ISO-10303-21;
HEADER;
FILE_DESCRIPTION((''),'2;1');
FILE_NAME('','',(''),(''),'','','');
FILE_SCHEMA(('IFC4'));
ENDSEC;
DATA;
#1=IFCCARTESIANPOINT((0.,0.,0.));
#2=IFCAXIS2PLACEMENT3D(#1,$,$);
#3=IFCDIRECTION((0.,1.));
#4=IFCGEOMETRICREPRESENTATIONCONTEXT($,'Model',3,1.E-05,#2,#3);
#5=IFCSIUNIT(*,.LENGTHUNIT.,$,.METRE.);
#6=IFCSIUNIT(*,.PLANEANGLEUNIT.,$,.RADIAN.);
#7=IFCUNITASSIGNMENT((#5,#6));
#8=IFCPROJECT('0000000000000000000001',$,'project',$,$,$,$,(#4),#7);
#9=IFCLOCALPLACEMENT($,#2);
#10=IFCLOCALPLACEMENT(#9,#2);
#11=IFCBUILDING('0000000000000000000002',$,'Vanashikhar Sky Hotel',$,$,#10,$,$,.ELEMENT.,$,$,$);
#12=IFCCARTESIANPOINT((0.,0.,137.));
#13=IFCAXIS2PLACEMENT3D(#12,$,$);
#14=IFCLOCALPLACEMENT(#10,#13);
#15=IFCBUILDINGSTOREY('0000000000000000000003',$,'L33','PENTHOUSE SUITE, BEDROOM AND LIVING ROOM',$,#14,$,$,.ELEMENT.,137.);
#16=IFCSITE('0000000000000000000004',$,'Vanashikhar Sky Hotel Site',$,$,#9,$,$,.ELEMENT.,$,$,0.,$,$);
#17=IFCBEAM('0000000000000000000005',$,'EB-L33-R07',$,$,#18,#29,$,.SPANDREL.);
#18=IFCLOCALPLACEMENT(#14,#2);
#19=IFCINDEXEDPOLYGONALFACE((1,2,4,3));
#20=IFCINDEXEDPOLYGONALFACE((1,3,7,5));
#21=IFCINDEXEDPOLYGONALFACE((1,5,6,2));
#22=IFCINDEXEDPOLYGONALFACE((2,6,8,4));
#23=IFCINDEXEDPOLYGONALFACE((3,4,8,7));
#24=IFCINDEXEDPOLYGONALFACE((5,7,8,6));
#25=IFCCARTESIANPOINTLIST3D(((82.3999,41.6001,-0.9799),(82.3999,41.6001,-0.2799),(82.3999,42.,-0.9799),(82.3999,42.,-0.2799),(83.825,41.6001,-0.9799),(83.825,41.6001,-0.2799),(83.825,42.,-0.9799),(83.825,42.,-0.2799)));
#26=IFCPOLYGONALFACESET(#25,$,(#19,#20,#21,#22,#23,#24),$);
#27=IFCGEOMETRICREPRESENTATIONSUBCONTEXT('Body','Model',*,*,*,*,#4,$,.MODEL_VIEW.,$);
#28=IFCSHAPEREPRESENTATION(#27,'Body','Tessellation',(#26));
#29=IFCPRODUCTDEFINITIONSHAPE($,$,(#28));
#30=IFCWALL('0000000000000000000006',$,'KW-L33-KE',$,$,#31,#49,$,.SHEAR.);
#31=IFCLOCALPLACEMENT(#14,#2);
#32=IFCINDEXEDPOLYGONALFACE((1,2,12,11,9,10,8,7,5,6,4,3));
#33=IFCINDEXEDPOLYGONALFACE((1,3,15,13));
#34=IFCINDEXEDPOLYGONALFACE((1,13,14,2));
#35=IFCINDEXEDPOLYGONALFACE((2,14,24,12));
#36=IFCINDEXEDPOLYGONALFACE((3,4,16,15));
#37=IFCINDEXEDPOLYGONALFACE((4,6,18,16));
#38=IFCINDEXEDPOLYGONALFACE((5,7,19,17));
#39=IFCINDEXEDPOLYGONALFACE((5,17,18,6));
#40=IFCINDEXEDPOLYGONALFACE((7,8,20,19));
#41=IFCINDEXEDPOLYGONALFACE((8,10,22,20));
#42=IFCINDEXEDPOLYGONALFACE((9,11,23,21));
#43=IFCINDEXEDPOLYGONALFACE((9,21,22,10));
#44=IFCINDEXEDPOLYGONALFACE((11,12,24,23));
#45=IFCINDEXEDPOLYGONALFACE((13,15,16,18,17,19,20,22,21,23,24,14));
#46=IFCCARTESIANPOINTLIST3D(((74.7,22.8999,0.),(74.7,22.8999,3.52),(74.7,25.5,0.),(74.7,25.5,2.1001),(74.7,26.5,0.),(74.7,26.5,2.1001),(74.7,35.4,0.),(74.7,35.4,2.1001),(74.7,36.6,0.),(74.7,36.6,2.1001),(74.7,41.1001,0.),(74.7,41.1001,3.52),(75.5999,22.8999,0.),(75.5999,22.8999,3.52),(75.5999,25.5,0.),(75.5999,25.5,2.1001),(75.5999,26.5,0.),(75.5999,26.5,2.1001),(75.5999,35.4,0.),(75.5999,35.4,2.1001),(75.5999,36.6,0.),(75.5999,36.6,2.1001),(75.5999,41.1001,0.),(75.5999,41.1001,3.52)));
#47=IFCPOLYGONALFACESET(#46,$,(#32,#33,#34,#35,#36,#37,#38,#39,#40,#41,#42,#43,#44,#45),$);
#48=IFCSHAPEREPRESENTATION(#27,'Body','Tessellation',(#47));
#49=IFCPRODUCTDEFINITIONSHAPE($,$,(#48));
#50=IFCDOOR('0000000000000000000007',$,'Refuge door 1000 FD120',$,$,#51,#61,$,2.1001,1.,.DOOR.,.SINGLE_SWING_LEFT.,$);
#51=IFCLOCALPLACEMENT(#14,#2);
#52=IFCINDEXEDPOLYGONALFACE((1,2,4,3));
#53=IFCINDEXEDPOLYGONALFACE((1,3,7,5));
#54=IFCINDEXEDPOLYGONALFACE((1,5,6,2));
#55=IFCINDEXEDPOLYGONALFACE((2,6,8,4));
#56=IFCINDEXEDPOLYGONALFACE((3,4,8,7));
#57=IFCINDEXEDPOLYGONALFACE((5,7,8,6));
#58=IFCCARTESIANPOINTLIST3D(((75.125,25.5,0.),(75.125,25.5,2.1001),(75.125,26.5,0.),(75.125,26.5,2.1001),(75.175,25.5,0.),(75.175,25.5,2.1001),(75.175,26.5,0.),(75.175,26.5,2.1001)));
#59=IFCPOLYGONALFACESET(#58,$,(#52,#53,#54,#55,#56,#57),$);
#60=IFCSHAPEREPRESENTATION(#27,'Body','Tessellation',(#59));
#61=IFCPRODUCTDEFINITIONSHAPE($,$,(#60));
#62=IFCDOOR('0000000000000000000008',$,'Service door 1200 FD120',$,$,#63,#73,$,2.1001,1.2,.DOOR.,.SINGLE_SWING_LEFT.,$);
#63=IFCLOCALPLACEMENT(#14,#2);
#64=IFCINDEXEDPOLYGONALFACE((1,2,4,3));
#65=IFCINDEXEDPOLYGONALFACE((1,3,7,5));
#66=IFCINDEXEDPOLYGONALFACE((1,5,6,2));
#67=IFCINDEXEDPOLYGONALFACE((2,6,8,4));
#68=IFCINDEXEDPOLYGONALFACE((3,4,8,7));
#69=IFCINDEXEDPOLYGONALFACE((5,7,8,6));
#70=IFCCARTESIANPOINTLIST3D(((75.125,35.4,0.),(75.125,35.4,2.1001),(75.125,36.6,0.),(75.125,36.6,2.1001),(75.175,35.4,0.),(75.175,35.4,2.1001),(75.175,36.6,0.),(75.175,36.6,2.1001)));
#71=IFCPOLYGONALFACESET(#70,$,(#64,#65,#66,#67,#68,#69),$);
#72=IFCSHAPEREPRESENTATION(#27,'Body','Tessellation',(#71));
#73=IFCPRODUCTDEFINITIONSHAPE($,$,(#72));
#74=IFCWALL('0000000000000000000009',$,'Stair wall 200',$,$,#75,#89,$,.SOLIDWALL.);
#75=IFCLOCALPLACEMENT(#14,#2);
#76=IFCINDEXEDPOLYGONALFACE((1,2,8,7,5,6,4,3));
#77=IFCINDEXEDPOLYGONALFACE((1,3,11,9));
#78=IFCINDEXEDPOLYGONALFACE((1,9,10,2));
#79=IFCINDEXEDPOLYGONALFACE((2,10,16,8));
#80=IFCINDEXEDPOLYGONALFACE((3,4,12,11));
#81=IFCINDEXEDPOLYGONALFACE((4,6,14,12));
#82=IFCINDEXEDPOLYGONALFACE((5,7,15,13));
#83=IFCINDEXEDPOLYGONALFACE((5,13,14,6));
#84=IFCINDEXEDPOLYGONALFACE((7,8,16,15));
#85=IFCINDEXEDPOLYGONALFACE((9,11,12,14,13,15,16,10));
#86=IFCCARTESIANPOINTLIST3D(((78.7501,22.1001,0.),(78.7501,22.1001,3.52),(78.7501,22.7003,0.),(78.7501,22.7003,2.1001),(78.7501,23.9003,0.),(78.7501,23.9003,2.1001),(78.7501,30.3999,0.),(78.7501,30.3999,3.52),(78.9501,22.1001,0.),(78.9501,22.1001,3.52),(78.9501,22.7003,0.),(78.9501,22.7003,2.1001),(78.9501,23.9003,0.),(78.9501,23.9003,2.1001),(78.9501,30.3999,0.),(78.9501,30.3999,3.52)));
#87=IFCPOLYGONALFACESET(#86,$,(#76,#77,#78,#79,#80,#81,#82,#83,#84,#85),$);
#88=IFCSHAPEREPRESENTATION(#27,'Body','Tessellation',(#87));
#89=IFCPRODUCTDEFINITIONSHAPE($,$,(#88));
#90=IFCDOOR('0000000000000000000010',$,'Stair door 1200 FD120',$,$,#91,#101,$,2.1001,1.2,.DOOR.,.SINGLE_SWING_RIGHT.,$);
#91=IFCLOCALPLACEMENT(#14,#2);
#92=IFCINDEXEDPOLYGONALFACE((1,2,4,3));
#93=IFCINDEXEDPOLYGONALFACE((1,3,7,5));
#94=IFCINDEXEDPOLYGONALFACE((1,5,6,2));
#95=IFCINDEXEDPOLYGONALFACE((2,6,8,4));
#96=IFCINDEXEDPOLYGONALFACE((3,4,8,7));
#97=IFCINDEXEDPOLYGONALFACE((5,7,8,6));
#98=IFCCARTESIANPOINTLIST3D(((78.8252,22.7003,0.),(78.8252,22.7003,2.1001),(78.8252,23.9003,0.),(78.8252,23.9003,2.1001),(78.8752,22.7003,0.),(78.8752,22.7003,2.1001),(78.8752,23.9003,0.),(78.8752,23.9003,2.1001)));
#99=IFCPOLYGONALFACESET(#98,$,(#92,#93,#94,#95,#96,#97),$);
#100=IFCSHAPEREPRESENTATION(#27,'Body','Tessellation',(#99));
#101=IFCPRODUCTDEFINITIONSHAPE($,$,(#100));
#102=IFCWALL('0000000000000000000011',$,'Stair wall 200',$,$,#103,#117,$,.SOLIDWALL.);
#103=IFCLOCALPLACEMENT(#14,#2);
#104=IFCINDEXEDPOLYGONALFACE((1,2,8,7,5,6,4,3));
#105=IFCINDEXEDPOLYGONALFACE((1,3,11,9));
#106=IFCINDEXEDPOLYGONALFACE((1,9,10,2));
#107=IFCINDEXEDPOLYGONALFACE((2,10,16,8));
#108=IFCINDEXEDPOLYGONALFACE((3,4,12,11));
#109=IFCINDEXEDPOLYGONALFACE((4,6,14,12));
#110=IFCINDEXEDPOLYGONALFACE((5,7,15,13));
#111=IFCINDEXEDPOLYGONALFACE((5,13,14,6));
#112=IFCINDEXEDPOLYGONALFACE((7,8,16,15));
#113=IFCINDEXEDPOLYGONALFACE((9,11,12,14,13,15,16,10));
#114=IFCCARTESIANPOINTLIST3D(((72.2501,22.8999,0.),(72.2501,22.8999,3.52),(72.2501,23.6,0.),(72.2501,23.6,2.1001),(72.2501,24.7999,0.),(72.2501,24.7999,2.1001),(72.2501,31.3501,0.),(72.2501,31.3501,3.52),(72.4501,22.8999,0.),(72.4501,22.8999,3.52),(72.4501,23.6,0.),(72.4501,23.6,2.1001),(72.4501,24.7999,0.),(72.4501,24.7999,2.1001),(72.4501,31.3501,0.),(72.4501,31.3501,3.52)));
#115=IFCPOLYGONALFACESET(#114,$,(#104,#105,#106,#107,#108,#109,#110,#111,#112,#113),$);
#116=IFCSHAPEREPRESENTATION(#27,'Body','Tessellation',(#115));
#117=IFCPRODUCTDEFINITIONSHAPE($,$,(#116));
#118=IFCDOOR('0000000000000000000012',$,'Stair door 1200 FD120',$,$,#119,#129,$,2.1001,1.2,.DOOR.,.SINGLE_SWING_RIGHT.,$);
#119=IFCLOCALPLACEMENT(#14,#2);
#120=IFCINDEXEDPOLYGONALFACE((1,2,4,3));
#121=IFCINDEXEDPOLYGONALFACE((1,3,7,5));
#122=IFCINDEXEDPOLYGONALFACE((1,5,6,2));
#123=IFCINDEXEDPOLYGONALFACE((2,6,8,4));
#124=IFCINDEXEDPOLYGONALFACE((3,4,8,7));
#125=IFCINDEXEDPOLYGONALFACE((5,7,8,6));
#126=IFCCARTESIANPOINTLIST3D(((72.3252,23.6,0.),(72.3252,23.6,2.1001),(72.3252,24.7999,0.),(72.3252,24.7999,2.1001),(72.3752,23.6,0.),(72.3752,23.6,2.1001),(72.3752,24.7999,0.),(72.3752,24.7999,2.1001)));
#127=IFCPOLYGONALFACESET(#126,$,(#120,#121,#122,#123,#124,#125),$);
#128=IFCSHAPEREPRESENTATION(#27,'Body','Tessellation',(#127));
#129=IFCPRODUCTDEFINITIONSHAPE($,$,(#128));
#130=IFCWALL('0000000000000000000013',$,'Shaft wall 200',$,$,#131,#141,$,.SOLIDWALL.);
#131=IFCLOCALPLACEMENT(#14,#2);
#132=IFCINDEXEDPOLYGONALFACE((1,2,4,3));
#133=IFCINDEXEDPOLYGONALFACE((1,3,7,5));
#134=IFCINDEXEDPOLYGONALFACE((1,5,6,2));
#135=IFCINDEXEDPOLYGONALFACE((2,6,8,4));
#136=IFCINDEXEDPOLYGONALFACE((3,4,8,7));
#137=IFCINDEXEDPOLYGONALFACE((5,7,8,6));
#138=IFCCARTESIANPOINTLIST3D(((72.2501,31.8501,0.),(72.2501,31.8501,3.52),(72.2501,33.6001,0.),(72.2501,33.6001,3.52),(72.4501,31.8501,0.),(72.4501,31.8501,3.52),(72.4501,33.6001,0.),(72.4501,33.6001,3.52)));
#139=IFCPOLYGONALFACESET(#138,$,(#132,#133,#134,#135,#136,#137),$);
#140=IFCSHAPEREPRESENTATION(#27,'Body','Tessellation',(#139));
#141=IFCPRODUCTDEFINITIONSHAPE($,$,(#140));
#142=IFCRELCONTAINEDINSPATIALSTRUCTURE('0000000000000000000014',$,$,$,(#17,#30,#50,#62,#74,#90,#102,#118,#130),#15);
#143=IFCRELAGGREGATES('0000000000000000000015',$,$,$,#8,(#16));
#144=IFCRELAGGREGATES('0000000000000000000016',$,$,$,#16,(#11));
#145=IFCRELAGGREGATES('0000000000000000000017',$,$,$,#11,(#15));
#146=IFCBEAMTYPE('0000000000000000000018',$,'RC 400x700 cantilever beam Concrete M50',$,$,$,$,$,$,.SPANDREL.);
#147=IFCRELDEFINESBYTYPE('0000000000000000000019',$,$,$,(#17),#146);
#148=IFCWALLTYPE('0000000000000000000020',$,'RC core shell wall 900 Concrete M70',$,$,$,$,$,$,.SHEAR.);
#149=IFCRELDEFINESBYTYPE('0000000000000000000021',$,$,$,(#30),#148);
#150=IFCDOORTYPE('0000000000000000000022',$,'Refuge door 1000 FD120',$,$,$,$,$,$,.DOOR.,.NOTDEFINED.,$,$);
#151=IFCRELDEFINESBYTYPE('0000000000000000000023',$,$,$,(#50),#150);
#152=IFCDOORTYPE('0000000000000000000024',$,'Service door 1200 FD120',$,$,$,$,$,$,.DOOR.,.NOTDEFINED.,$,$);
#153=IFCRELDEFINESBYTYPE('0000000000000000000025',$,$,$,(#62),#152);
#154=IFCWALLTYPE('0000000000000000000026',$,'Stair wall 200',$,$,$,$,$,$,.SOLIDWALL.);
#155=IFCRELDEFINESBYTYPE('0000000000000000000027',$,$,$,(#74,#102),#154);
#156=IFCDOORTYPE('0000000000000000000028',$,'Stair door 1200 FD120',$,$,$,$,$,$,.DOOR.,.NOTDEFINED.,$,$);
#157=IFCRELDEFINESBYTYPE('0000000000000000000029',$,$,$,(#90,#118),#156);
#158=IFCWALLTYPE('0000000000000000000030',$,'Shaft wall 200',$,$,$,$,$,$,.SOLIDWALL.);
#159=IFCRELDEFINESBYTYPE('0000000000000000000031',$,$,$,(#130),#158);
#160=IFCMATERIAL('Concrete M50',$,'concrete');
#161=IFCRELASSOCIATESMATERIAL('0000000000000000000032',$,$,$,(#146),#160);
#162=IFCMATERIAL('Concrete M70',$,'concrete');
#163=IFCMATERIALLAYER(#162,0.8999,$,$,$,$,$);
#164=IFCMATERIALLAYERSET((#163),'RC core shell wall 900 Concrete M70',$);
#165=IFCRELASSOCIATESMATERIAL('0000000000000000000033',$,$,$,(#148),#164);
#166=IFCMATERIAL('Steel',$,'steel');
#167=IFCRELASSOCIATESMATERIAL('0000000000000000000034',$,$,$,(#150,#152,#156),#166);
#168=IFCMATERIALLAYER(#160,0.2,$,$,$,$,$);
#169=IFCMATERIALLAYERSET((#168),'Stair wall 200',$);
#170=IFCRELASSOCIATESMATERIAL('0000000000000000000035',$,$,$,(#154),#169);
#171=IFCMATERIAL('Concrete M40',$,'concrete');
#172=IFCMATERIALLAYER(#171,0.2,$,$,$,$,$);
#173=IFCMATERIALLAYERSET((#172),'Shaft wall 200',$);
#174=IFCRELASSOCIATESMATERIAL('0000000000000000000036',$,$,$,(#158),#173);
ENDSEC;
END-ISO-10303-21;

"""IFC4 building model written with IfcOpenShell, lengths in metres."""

from ifc_helpers import new_model, si_unit, direction, frame, frame_2d, origin, origin_2d, place, context, subcontext, project, spatial, rectangle, extrude, source, transform, mapped, material, layer, layer_set, material_profile, profile_set, type_object, element, fill, save


model = new_model("IFC4")

# Units and contexts
model_context = context("Model", 3, precision=1e-05, world=origin(), true_north=direction((0.0, 1.0)))
body_context = subcontext(model_context, "Body", "Model", "MODEL_VIEW")
ifc_project = project(units=[si_unit("LENGTHUNIT", "METRE"), si_unit("PLANEANGLEUNIT", "RADIAN")], contexts=[model_context])

# Site, building, storey
site_placement = place(None, origin())
site = spatial("IfcSite", under=ifc_project, at=site_placement, Name="Vanashikhar Sky Hotel Site", CompositionType="ELEMENT", RefElevation=0.0)
building_placement = place(site_placement, origin())
building = spatial("IfcBuilding", under=site, at=building_placement, Name="Vanashikhar Sky Hotel", CompositionType="ELEMENT")
storey_placement = place(building_placement, frame((0.0, 0.0, 137.0)))
storey = spatial("IfcBuildingStorey", under=building, at=storey_placement, Name="L33", Description="PENTHOUSE SUITE, BEDROOM AND LIVING ROOM", CompositionType="ELEMENT", Elevation=137.0)

# Beam
ifc_material_1 = material(Name="Concrete M50", Category="concrete")
ifc_material_profile = material_profile(ifc_material_1, rectangle(XDim=0.3999, YDim=0.7, at=origin_2d()))
ifc_profile_set = profile_set([ifc_material_profile], Name="RC 400x700 cantilever beam Concrete M50")
beam_type = type_object("IfcBeamType", Name="RC 400x700 cantilever beam Concrete M50", PredefinedType="SPANDREL", material=ifc_profile_set)
shared_shape_1 = source(origin(), body_context, "Body", "SweptSolid", [
    extrude(rectangle(XDim=0.3999, YDim=0.7, at=origin_2d()), origin(), (0.0, 0.0, 1.0), 1.425),
])
beam_placement = place(storey_placement, frame((82.3999, 41.8, -0.6299), z_axis=(1.0, 0.0, 0.0), x_axis=(0.0, 1.0, 0.0)))
element("IfcBeam", 1, at=beam_placement, inside=storey, type_object=beam_type, Name="EB-L33-R07", PredefinedType="SPANDREL", context=body_context, shape_type="MappedRepresentation", body=[
    mapped(shared_shape_1, transform((0.0, 0.0, 0.0), scale=1.0)),
])

# Wall, openings, doors
ifc_material_2 = material(Name="Concrete M70", Category="concrete")
ifc_layer_1 = layer(ifc_material_2, 0.8999)
ifc_layer_set_1 = layer_set([ifc_layer_1], Name="RC core shell wall 900 Concrete M70")
wall_type_1 = type_object("IfcWallType", Name="RC core shell wall 900 Concrete M70", PredefinedType="SHEAR", material=ifc_layer_set_1)
shared_shape_2 = source(origin(), body_context, "Body", "SweptSolid", [
    extrude(rectangle(XDim=18.2002, YDim=0.8999, at=frame_2d((9.1001, 0.0))), origin(), (0.0, 0.0, 1.0), 3.52),
])
wall_1_placement = place(storey_placement, frame((75.1499, 22.8999, 0.0), z_axis=(0.0, 0.0, 1.0), x_axis=(0.0, 1.0, 0.0)))
wall_1 = element("IfcWall", 2, at=wall_1_placement, inside=storey, type_object=wall_type_1, Name="KW-L33-KE", PredefinedType="SHEAR", context=body_context, shape_type="MappedRepresentation", body=[
    mapped(shared_shape_2, transform((0.0, 0.0, 0.0), scale=1.0)),
])
shared_shape_3 = source(origin(), body_context, "Body", "SweptSolid", [
    extrude(rectangle(XDim=1.0, YDim=2.1001, at=frame_2d((0.5, 1.05))), frame((0.0, 0.46, 0.0), z_axis=(0.0, -1.0, 0.0), x_axis=(1.0, 0.0, 0.0)), (0.0, 0.0, 1.0), 0.9199),
])
opening_1_placement = place(wall_1_placement, frame((2.6001, 0.0, 0.0)))
opening_1 = element("IfcOpeningElement", 3, at=opening_1_placement, cuts=wall_1, PredefinedType="OPENING", context=body_context, shape_type="MappedRepresentation", body=[
    mapped(shared_shape_3, transform((0.0, 0.0, 0.0), scale=1.0)),
])
shared_shape_4 = source(origin(), body_context, "Body", "SweptSolid", [
    extrude(rectangle(XDim=1.2, YDim=2.1001, at=frame_2d((0.6001, 1.05))), frame((0.0, 0.46, 0.0), z_axis=(0.0, -1.0, 0.0), x_axis=(1.0, 0.0, 0.0)), (0.0, 0.0, 1.0), 0.9199),
])
opening_2_placement = place(wall_1_placement, frame((12.5, 0.0, 0.0)))
opening_2 = element("IfcOpeningElement", 4, at=opening_2_placement, cuts=wall_1, PredefinedType="OPENING", context=body_context, shape_type="MappedRepresentation", body=[
    mapped(shared_shape_4, transform((0.0, 0.0, 0.0), scale=1.0)),
])
ifc_material_3 = material(Name="Steel", Category="steel")
door_type_1 = type_object("IfcDoorType", Name="Refuge door 1000 FD120", OperationType="NOTDEFINED", PredefinedType="DOOR", material=ifc_material_3)
shared_shape_5 = source(origin(), body_context, "Body", "SweptSolid", [
    extrude(rectangle(XDim=1.0, YDim=2.1001, at=frame_2d((0.5, 1.05))), frame((0.0, 0.0249, 0.0), z_axis=(0.0, -1.0, 0.0), x_axis=(1.0, 0.0, 0.0)), (0.0, 0.0, 1.0), 0.05),
])
door_1_placement = place(opening_1_placement, origin())
door_1 = element("IfcDoor", 5, at=door_1_placement, inside=storey, type_object=door_type_1, Name="Refuge door 1000 FD120", OperationType="SINGLE_SWING_LEFT", OverallHeight=2.1001, OverallWidth=1.0, PredefinedType="DOOR", context=body_context, shape_type="MappedRepresentation", body=[
    mapped(shared_shape_5, transform((0.0, 0.0, 0.0), scale=1.0)),
])
fill(opening_1, door_1)
door_type_2 = type_object("IfcDoorType", Name="Service door 1200 FD120", OperationType="NOTDEFINED", PredefinedType="DOOR", material=ifc_material_3)
shared_shape_6 = source(origin(), body_context, "Body", "SweptSolid", [
    extrude(rectangle(XDim=1.2, YDim=2.1001, at=frame_2d((0.6001, 1.05))), frame((0.0, 0.0249, 0.0), z_axis=(0.0, -1.0, 0.0), x_axis=(1.0, 0.0, 0.0)), (0.0, 0.0, 1.0), 0.05),
])
door_2_placement = place(opening_2_placement, origin())
door_2 = element("IfcDoor", 6, at=door_2_placement, inside=storey, type_object=door_type_2, Name="Service door 1200 FD120", OperationType="SINGLE_SWING_LEFT", OverallHeight=2.1001, OverallWidth=1.2, PredefinedType="DOOR", context=body_context, shape_type="MappedRepresentation", body=[
    mapped(shared_shape_6, transform((0.0, 0.0, 0.0), scale=1.0)),
])
fill(opening_2, door_2)

# Walls, openings, doors
ifc_layer_2 = layer(ifc_material_1, 0.2)
ifc_layer_set_2 = layer_set([ifc_layer_2], Name="Stair wall 200")
wall_type_2 = type_object("IfcWallType", Name="Stair wall 200", PredefinedType="SOLIDWALL", material=ifc_layer_set_2)
shared_shape_7 = source(origin(), body_context, "Body", "SweptSolid", [
    extrude(rectangle(XDim=8.2998, YDim=0.2, at=frame_2d((4.1499, 0.0))), origin(), (0.0, 0.0, 1.0), 3.52),
])
wall_2_placement = place(storey_placement, frame((78.8501, 22.1001, 0.0), z_axis=(0.0, 0.0, 1.0), x_axis=(0.0, 1.0, 0.0)))
wall_2 = element("IfcWall", 7, at=wall_2_placement, inside=storey, type_object=wall_type_2, Name="Stair wall 200", PredefinedType="SOLIDWALL", context=body_context, shape_type="MappedRepresentation", body=[
    mapped(shared_shape_7, transform((0.0, 0.0, 0.0), scale=1.0)),
])
shared_shape_8 = source(origin(), body_context, "Body", "SweptSolid", [
    extrude(rectangle(XDim=1.2, YDim=2.1001, at=frame_2d((0.6001, 1.05))), frame((0.0, 0.1099, 0.0), z_axis=(0.0, -1.0, 0.0), x_axis=(1.0, 0.0, 0.0)), (0.0, 0.0, 1.0), 0.22),
])
opening_3_placement = place(wall_2_placement, frame((0.6001, 0.0, 0.0)))
opening_3 = element("IfcOpeningElement", 8, at=opening_3_placement, cuts=wall_2, PredefinedType="OPENING", context=body_context, shape_type="MappedRepresentation", body=[
    mapped(shared_shape_8, transform((0.0, 0.0, 0.0), scale=1.0)),
])
door_type_3 = type_object("IfcDoorType", Name="Stair door 1200 FD120", OperationType="NOTDEFINED", PredefinedType="DOOR", material=ifc_material_3)
door_3_placement = place(opening_3_placement, origin())
door_3 = element("IfcDoor", 9, at=door_3_placement, inside=storey, type_object=door_type_3, Name="Stair door 1200 FD120", OperationType="SINGLE_SWING_RIGHT", OverallHeight=2.1001, OverallWidth=1.2, PredefinedType="DOOR", context=body_context, shape_type="MappedRepresentation", body=[
    mapped(shared_shape_6, transform((0.0, 0.0, 0.0), scale=1.0)),
])
fill(opening_3, door_3)
shared_shape_9 = source(origin(), body_context, "Body", "SweptSolid", [
    extrude(rectangle(XDim=8.4502, YDim=0.2, at=frame_2d((4.2251, 0.0))), origin(), (0.0, 0.0, 1.0), 3.52),
])
wall_3_placement = place(storey_placement, frame((72.3501, 22.8999, 0.0), z_axis=(0.0, 0.0, 1.0), x_axis=(0.0, 1.0, 0.0)))
wall_3 = element("IfcWall", 10, at=wall_3_placement, inside=storey, type_object=wall_type_2, Name="Stair wall 200", PredefinedType="SOLIDWALL", context=body_context, shape_type="MappedRepresentation", body=[
    mapped(shared_shape_9, transform((0.0, 0.0, 0.0), scale=1.0)),
])
opening_4_placement = place(wall_3_placement, frame((0.7, 0.0, 0.0)))
opening_4 = element("IfcOpeningElement", 11, at=opening_4_placement, cuts=wall_3, PredefinedType="OPENING", context=body_context, shape_type="MappedRepresentation", body=[
    mapped(shared_shape_8, transform((0.0, 0.0, 0.0), scale=1.0)),
])
door_4_placement = place(opening_4_placement, origin())
door_4 = element("IfcDoor", 12, at=door_4_placement, inside=storey, type_object=door_type_3, Name="Stair door 1200 FD120", OperationType="SINGLE_SWING_RIGHT", OverallHeight=2.1001, OverallWidth=1.2, PredefinedType="DOOR", context=body_context, shape_type="MappedRepresentation", body=[
    mapped(shared_shape_6, transform((0.0, 0.0, 0.0), scale=1.0)),
])
fill(opening_4, door_4)

# Wall
ifc_material_4 = material(Name="Concrete M40", Category="concrete")
ifc_layer_3 = layer(ifc_material_4, 0.2)
ifc_layer_set_3 = layer_set([ifc_layer_3], Name="Shaft wall 200")
wall_type_3 = type_object("IfcWallType", Name="Shaft wall 200", PredefinedType="SOLIDWALL", material=ifc_layer_set_3)
shared_shape_10 = source(origin(), body_context, "Body", "SweptSolid", [
    extrude(rectangle(XDim=1.75, YDim=0.2, at=frame_2d((0.875, 0.0))), origin(), (0.0, 0.0, 1.0), 3.52),
])
wall_4_placement = place(storey_placement, frame((72.3501, 31.8501, 0.0), z_axis=(0.0, 0.0, 1.0), x_axis=(0.0, 1.0, 0.0)))
element("IfcWall", 13, at=wall_4_placement, inside=storey, type_object=wall_type_3, Name="Shaft wall 200", PredefinedType="SOLIDWALL", context=body_context, shape_type="MappedRepresentation", body=[
    mapped(shared_shape_10, transform((0.0, 0.0, 0.0), scale=1.0)),
])

save(model, "model.ifc")
